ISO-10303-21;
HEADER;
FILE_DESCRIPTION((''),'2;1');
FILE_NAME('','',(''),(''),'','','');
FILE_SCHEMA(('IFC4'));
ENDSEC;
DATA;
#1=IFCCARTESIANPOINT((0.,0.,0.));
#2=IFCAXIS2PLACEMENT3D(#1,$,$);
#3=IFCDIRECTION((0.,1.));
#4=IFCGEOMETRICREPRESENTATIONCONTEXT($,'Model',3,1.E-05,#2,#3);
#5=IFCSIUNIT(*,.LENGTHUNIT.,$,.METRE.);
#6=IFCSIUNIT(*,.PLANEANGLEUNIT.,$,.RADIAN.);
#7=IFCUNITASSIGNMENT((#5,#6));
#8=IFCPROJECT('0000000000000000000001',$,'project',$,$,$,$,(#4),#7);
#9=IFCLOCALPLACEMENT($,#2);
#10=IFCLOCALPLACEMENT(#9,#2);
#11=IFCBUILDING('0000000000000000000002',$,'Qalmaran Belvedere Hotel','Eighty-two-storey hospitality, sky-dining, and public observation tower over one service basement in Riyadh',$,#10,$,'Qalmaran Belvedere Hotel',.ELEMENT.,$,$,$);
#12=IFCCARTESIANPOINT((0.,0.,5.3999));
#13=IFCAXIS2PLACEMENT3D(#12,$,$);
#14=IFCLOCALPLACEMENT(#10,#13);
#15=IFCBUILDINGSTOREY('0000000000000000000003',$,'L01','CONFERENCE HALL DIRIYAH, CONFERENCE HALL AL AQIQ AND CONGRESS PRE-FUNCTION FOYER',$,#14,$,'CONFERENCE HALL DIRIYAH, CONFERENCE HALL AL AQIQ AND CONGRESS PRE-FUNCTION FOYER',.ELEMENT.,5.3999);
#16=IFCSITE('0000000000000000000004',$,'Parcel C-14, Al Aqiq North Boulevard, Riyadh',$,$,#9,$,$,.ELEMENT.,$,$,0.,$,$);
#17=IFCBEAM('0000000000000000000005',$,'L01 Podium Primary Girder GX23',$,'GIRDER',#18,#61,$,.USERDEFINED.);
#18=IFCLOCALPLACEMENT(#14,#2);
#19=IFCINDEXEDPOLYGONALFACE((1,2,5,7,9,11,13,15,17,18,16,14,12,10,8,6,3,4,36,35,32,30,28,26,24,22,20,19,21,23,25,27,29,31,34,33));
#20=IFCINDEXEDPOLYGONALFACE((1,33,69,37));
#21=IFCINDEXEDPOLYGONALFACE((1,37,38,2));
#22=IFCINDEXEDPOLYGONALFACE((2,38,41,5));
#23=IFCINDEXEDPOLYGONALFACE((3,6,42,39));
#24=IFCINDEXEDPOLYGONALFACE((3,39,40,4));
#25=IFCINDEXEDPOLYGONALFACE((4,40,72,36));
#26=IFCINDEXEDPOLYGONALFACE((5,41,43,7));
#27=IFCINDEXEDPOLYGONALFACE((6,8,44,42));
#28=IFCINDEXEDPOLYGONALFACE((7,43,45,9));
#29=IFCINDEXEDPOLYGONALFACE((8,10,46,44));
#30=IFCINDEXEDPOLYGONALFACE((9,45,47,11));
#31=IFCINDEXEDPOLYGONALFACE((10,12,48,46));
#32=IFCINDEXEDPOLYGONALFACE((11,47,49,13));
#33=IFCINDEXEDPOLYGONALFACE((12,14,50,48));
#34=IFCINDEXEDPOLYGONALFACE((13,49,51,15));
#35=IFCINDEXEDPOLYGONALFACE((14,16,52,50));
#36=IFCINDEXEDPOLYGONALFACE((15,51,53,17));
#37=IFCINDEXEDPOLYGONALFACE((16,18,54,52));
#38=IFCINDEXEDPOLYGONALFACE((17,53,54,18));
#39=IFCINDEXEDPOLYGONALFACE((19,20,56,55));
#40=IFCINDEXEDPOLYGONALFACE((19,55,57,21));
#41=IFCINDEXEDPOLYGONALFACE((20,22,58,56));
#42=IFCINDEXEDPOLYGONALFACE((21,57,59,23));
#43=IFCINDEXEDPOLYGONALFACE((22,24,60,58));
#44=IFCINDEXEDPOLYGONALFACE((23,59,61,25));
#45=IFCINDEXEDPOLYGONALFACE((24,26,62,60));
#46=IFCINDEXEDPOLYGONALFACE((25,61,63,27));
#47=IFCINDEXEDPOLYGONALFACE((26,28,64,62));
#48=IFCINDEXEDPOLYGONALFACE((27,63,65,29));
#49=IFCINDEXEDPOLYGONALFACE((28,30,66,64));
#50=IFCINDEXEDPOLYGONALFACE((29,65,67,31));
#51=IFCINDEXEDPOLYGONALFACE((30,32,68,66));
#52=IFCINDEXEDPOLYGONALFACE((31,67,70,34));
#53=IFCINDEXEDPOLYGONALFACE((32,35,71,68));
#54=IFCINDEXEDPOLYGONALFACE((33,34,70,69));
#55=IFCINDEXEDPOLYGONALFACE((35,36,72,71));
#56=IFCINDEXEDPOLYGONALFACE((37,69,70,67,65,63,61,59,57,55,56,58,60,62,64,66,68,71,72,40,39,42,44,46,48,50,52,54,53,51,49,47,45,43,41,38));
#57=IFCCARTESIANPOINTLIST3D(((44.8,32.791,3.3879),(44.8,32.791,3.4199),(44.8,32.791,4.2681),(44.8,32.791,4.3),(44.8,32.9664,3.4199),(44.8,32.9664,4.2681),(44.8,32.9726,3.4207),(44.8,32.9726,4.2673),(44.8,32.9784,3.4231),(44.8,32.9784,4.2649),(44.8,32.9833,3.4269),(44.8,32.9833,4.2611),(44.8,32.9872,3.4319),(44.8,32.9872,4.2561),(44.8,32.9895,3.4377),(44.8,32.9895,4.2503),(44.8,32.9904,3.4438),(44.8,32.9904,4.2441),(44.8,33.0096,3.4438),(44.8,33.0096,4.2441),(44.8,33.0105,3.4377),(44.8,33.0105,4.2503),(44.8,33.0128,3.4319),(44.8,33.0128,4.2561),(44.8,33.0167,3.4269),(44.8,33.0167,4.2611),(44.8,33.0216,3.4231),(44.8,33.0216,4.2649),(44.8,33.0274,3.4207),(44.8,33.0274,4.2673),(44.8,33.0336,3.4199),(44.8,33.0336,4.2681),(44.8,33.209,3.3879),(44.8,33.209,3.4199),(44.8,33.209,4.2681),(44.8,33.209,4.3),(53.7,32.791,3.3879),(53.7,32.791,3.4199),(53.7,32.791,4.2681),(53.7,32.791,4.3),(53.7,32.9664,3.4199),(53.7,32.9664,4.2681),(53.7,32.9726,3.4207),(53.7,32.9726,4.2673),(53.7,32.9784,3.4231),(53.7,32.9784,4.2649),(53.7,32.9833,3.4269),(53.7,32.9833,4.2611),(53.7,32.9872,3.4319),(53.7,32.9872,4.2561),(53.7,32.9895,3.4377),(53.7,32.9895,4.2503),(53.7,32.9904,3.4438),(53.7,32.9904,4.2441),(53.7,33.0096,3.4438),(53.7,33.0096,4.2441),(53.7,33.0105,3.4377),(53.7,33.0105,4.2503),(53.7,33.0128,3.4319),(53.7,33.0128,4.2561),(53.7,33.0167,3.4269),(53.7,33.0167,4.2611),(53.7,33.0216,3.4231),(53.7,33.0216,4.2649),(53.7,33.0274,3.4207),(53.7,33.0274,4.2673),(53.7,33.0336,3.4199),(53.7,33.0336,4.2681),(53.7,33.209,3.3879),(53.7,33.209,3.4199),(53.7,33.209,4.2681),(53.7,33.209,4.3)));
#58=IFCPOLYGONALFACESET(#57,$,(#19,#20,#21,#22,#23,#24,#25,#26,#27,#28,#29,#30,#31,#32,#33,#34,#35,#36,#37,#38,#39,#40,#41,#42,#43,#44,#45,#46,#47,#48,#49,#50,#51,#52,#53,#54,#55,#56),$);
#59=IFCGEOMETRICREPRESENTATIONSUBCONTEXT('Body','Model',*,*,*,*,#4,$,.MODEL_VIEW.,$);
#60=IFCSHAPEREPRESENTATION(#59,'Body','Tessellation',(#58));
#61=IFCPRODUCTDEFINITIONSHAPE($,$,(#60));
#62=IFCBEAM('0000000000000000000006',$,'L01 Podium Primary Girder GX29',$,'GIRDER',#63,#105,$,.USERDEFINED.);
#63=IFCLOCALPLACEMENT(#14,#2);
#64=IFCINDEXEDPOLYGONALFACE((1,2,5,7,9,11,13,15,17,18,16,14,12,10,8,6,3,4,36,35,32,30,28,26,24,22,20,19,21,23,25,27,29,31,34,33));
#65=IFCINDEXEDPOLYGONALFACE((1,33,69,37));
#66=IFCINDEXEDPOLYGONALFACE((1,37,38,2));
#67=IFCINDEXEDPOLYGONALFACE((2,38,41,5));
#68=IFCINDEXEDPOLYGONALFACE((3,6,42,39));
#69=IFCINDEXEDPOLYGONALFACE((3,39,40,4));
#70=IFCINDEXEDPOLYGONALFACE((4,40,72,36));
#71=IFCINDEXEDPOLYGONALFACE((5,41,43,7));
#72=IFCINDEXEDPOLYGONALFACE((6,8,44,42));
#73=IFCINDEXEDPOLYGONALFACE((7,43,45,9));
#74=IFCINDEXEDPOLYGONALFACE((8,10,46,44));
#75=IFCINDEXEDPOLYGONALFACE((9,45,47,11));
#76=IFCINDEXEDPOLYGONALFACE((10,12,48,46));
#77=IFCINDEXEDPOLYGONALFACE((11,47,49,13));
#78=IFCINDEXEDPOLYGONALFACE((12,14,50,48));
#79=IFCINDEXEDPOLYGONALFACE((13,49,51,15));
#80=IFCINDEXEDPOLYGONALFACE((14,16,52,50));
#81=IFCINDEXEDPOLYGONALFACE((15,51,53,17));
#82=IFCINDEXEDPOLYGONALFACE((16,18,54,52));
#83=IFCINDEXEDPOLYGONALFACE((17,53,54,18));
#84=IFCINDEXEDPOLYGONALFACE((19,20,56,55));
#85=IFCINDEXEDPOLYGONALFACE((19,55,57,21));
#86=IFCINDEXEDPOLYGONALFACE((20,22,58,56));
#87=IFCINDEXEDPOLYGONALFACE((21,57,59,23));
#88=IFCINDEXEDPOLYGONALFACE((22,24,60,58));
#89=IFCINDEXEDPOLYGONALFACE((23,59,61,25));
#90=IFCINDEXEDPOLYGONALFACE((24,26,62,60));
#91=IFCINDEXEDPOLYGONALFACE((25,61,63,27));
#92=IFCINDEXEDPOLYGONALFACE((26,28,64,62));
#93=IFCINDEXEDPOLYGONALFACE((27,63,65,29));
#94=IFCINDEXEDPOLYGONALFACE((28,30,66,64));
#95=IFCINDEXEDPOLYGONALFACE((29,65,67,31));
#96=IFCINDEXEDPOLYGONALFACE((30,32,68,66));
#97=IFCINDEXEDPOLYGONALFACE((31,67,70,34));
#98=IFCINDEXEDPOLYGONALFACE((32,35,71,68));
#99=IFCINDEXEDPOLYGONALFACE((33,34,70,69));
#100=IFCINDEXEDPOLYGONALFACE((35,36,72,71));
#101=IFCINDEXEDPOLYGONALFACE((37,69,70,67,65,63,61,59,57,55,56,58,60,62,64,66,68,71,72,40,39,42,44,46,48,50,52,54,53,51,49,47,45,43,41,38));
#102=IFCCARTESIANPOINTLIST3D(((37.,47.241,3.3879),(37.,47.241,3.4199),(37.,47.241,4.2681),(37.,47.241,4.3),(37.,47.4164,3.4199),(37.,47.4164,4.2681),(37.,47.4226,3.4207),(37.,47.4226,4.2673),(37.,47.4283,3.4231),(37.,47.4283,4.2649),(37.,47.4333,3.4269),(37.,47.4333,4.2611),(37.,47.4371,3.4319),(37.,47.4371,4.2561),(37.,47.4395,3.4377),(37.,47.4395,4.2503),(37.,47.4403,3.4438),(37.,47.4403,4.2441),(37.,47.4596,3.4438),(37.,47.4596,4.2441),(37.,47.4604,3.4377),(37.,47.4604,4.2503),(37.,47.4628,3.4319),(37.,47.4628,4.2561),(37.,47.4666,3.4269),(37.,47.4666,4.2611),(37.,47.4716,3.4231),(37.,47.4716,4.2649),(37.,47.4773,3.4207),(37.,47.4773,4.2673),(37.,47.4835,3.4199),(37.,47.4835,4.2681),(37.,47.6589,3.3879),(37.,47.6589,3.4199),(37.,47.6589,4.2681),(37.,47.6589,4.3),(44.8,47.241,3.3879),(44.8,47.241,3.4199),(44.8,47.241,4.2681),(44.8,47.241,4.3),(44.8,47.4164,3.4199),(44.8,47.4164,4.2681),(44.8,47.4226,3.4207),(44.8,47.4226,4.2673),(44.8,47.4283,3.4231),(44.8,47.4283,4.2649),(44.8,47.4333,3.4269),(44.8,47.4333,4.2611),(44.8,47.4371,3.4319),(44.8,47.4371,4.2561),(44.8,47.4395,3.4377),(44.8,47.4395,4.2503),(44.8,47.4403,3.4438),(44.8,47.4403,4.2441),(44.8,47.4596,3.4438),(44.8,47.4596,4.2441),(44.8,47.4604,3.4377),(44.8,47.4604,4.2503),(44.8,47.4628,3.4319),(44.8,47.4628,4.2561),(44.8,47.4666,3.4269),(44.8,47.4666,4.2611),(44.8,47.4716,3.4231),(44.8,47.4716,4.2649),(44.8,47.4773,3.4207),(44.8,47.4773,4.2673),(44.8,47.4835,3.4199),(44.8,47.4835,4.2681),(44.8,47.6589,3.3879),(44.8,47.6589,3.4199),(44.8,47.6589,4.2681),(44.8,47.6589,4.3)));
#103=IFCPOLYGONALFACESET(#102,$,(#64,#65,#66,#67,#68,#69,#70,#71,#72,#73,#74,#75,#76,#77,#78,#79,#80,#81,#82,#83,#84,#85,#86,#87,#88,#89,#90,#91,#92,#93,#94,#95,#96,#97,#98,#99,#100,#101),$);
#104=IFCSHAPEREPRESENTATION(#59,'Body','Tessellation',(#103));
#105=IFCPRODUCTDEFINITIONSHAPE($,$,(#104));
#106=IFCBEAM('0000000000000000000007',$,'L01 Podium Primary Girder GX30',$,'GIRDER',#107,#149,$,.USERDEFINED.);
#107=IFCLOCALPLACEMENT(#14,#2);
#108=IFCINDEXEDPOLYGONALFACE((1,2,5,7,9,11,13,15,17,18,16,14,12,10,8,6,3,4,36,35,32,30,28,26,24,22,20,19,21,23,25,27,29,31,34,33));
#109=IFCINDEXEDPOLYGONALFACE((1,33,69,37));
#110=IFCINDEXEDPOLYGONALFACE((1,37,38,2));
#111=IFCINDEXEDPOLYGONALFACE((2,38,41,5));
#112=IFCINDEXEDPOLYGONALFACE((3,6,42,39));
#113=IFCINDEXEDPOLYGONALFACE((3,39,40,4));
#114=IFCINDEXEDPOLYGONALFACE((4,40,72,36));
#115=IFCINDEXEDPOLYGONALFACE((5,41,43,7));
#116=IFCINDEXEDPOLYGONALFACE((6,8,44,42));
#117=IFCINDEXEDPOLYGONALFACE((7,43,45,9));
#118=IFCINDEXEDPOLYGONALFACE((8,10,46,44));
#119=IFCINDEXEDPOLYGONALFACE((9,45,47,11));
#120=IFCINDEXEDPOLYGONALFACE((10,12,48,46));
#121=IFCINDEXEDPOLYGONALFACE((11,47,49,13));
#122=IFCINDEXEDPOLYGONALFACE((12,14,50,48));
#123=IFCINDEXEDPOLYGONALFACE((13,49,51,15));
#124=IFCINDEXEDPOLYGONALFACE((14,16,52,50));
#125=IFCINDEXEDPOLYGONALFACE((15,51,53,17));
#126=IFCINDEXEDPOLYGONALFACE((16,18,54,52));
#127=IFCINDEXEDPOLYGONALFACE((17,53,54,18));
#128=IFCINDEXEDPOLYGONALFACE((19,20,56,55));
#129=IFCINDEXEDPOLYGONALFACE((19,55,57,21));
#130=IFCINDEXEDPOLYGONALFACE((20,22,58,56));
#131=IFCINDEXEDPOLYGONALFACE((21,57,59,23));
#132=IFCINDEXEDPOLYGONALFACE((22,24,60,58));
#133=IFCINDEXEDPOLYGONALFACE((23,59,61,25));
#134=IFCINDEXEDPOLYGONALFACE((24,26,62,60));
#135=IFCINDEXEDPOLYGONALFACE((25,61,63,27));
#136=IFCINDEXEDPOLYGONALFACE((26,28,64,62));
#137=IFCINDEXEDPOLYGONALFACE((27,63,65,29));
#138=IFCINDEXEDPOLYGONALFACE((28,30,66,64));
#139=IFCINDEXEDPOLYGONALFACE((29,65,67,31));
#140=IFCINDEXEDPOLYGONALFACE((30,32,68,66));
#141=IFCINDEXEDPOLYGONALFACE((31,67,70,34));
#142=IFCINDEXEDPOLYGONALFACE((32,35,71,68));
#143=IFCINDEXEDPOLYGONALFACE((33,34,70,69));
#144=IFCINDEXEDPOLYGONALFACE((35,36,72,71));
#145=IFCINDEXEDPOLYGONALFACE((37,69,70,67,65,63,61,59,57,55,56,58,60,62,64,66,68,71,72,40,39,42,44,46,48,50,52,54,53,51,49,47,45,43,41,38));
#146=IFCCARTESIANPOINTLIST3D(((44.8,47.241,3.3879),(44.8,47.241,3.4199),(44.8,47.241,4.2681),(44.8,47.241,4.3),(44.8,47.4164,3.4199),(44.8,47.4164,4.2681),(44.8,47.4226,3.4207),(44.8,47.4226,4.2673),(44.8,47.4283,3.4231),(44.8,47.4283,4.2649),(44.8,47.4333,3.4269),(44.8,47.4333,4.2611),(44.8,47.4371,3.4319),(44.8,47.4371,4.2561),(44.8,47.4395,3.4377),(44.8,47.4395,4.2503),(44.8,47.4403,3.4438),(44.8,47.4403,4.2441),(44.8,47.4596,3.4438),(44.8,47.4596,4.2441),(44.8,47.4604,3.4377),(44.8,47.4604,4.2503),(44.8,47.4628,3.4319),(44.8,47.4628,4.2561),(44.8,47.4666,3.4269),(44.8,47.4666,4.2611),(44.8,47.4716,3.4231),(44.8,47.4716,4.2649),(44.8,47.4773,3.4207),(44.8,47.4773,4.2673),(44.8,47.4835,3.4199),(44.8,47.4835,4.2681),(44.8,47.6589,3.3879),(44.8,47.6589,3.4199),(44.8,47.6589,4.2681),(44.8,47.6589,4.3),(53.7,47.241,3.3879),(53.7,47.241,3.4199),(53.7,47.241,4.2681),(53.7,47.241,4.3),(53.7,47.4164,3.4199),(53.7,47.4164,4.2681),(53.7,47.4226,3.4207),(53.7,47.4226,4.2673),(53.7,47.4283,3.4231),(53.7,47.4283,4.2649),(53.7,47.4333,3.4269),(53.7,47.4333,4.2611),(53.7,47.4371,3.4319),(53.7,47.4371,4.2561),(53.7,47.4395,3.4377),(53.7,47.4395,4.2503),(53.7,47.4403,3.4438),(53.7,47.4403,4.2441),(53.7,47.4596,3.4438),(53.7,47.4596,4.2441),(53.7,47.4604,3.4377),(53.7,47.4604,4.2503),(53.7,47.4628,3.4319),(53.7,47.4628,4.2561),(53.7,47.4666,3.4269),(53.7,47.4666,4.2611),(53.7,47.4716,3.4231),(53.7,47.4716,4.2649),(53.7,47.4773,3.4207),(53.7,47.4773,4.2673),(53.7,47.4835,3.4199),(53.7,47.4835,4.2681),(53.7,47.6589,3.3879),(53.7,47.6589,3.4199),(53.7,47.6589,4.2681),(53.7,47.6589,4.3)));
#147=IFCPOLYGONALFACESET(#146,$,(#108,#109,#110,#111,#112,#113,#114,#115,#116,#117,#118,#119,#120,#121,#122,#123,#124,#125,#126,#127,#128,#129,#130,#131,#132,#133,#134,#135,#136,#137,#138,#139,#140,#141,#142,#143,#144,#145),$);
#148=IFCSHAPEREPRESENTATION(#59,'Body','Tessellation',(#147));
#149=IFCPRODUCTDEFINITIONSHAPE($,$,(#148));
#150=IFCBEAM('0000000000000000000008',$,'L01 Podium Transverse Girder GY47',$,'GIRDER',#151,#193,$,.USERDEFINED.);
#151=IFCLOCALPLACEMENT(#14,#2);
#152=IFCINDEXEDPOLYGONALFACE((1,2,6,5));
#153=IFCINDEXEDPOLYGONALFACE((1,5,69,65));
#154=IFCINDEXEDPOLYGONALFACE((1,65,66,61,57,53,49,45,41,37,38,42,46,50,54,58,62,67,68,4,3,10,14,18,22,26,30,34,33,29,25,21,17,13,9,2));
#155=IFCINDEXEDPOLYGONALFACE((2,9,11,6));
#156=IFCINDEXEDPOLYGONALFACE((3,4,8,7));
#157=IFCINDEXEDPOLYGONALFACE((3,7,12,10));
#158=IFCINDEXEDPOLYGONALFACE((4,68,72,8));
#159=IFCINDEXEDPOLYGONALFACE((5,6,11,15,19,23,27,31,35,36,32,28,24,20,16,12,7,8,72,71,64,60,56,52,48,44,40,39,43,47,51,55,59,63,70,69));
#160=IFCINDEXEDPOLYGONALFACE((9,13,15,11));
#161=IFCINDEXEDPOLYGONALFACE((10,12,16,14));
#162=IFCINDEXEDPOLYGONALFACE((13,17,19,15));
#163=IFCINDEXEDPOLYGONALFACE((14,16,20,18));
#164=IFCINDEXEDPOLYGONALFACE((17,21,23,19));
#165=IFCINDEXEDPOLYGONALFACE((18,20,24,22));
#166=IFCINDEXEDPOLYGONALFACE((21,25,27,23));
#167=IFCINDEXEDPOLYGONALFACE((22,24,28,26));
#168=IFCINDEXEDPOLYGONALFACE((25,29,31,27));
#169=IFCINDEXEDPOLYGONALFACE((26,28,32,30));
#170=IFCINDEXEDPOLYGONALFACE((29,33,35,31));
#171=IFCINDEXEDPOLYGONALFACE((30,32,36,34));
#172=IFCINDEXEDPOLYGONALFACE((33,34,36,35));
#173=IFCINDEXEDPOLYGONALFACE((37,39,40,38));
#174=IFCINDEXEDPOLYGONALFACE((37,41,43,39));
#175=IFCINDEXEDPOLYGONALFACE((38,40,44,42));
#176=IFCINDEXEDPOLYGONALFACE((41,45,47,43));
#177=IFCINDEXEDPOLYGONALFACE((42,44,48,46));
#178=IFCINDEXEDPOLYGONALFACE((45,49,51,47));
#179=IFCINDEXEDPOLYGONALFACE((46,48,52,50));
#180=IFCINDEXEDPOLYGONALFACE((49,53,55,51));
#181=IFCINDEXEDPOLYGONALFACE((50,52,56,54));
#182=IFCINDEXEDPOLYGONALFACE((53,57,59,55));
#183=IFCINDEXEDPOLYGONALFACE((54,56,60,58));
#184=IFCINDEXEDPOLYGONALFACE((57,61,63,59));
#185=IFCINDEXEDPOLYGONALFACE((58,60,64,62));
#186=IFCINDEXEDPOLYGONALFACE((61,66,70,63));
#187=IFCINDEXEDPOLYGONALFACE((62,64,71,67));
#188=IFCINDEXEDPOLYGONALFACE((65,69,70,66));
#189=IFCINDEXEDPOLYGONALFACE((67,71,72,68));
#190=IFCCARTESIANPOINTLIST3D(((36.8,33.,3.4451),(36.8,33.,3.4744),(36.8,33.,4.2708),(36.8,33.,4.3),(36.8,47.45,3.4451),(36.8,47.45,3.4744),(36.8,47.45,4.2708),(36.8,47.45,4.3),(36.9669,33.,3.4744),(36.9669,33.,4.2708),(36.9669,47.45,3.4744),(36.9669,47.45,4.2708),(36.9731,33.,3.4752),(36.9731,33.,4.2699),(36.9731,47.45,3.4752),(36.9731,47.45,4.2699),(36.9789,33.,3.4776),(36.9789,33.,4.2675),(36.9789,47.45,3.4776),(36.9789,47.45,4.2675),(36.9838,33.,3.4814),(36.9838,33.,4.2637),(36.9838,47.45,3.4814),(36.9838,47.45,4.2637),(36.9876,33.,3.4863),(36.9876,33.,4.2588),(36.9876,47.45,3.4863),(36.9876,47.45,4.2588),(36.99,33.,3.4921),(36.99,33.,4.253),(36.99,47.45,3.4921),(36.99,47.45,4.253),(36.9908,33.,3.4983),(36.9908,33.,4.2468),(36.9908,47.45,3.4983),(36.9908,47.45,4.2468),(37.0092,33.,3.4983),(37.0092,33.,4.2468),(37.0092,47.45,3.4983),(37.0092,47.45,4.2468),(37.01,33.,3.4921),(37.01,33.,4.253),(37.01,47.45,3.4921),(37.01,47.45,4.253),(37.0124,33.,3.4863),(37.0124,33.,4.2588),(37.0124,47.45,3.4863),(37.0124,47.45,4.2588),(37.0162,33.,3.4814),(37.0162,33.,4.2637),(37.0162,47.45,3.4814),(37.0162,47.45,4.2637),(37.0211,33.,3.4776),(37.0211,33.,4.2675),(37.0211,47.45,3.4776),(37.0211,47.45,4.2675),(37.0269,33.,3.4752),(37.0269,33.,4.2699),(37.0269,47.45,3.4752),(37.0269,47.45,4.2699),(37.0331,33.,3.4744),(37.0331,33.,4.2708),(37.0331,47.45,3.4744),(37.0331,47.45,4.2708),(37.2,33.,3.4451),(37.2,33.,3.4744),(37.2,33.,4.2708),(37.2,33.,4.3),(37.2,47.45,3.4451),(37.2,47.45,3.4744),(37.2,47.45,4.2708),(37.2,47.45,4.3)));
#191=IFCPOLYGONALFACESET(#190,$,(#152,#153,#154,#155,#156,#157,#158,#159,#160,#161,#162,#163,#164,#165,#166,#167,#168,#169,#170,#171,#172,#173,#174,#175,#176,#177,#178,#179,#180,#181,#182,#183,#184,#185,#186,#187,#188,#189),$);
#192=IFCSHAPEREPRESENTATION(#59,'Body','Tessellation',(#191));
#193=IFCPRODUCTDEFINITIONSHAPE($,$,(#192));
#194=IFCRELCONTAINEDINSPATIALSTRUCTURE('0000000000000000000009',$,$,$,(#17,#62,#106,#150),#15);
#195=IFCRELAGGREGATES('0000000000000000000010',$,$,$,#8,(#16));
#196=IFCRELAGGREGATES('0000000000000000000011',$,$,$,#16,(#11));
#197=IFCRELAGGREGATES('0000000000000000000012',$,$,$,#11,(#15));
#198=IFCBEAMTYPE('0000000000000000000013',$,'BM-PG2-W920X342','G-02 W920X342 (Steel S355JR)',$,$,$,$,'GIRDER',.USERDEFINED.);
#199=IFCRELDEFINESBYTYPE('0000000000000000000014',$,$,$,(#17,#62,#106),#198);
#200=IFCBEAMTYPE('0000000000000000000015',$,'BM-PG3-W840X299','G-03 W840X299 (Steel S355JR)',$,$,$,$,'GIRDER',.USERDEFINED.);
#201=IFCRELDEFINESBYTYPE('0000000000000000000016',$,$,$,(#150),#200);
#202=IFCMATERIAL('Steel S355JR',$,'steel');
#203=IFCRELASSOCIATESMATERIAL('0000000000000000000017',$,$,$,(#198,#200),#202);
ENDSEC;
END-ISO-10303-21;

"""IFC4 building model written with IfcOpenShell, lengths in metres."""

from ifc_helpers import new_model, si_unit, direction, frame, origin, origin_2d, place, context, subcontext, project, spatial, i_section, extrude, material, material_profile, profile_set, type_object, element, save


model = new_model("IFC4")

# Units and contexts
model_context = context("Model", 3, precision=1e-05, world=origin(), true_north=direction((0.0, 1.0)))
body_context = subcontext(model_context, "Body", "Model", "MODEL_VIEW")
ifc_project = project(units=[si_unit("LENGTHUNIT", "METRE"), si_unit("PLANEANGLEUNIT", "RADIAN")], contexts=[model_context])

# Site, building, storey
site_placement = place(None, origin())
site = spatial("IfcSite", under=ifc_project, at=site_placement, Name="Parcel C-14, Al Aqiq North Boulevard, Riyadh", CompositionType="ELEMENT", RefElevation=0.0)
building_placement = place(site_placement, origin())
building = spatial("IfcBuilding", under=site, at=building_placement, Name="Qalmaran Belvedere Hotel", Description="Eighty-two-storey hospitality, sky-dining, and public observation tower over one service basement in Riyadh", LongName="Qalmaran Belvedere Hotel", CompositionType="ELEMENT")
storey_placement = place(building_placement, frame((0.0, 0.0, 5.3999)))
storey = spatial("IfcBuildingStorey", under=building, at=storey_placement, Name="L01", Description="CONFERENCE HALL DIRIYAH, CONFERENCE HALL AL AQIQ AND CONGRESS PRE-FUNCTION FOYER", LongName="CONFERENCE HALL DIRIYAH, CONFERENCE HALL AL AQIQ AND CONGRESS PRE-FUNCTION FOYER", CompositionType="ELEMENT", Elevation=5.3999)

# Beams
ifc_material_1 = material(Name="Steel S355JR", Category="steel")
ifc_material_profile_1 = material_profile(ifc_material_1, i_section(OverallWidth=0.418, OverallDepth=0.9121, WebThickness=0.0193, FlangeThickness=0.032, FilletRadius=0.0239, at=origin_2d()), Name="W920X342")
ifc_profile_set_1 = profile_set([ifc_material_profile_1], Name="Steel S355JR")
beam_type_1 = type_object("IfcBeamType", Name="BM-PG2-W920X342", Description="G-02 W920X342 (Steel S355JR)", ElementType="GIRDER", PredefinedType="USERDEFINED", material=ifc_profile_set_1)
beam_1_placement = place(storey_placement, frame((44.8, 33.0, 3.844), z_axis=(1.0, 0.0, 0.0), x_axis=(0.0, 1.0, 0.0)))
element("IfcBeam", 1, at=beam_1_placement, inside=storey, type_object=beam_type_1, Name="L01 Podium Primary Girder GX23", ObjectType="GIRDER", PredefinedType="USERDEFINED", context=body_context, shape_type="SweptSolid", body=[
    extrude(i_section(OverallWidth=0.418, OverallDepth=0.9121, WebThickness=0.0193, FlangeThickness=0.032, FilletRadius=0.0239, at=origin_2d()), origin(), (0.0, 0.0, 1.0), 8.8999),
])
beam_2_placement = place(storey_placement, frame((37.0, 47.45, 3.844), z_axis=(1.0, 0.0, 0.0), x_axis=(0.0, 1.0, 0.0)))
element("IfcBeam", 2, at=beam_2_placement, inside=storey, type_object=beam_type_1, Name="L01 Podium Primary Girder GX29", ObjectType="GIRDER", PredefinedType="USERDEFINED", context=body_context, shape_type="SweptSolid", body=[
    extrude(i_section(OverallWidth=0.418, OverallDepth=0.9121, WebThickness=0.0193, FlangeThickness=0.032, FilletRadius=0.0239, at=origin_2d()), origin(), (0.0, 0.0, 1.0), 7.8),
])
beam_3_placement = place(storey_placement, frame((44.8, 47.45, 3.844), z_axis=(1.0, 0.0, 0.0), x_axis=(0.0, 1.0, 0.0)))
element("IfcBeam", 3, at=beam_3_placement, inside=storey, type_object=beam_type_1, Name="L01 Podium Primary Girder GX30", ObjectType="GIRDER", PredefinedType="USERDEFINED", context=body_context, shape_type="SweptSolid", body=[
    extrude(i_section(OverallWidth=0.418, OverallDepth=0.9121, WebThickness=0.0193, FlangeThickness=0.032, FilletRadius=0.0239, at=origin_2d()), origin(), (0.0, 0.0, 1.0), 8.8999),
])
ifc_material_profile_2 = material_profile(ifc_material_1, i_section(OverallWidth=0.3999, OverallDepth=0.855, WebThickness=0.0183, FlangeThickness=0.0293, FilletRadius=0.0239, at=origin_2d()), Name="W840X299")
ifc_profile_set_2 = profile_set([ifc_material_profile_2], Name="Steel S355JR")
beam_type_2 = type_object("IfcBeamType", Name="BM-PG3-W840X299", Description="G-03 W840X299 (Steel S355JR)", ElementType="GIRDER", PredefinedType="USERDEFINED", material=ifc_profile_set_2)
for number, where, z_axis, x_axis, name in (
    (4, (37.0, 33.0, 3.8726), (0.0, 1.0, 0.0), (-1.0, 0.0, 0.0), "L01 Podium Transverse Girder GY47"),
):
    element("IfcBeam", number, at=place(storey_placement, frame(where, z_axis=z_axis, x_axis=x_axis)), inside=storey, type_object=beam_type_2, Name=name, ObjectType="GIRDER", PredefinedType="USERDEFINED", context=body_context, shape_type="SweptSolid", body=[
        extrude(i_section(OverallWidth=0.3999, OverallDepth=0.855, WebThickness=0.0183, FlangeThickness=0.0293, FilletRadius=0.0239, at=origin_2d()), origin(), (0.0, 0.0, 1.0), 14.45),
    ])

save(model, "model.ifc")
